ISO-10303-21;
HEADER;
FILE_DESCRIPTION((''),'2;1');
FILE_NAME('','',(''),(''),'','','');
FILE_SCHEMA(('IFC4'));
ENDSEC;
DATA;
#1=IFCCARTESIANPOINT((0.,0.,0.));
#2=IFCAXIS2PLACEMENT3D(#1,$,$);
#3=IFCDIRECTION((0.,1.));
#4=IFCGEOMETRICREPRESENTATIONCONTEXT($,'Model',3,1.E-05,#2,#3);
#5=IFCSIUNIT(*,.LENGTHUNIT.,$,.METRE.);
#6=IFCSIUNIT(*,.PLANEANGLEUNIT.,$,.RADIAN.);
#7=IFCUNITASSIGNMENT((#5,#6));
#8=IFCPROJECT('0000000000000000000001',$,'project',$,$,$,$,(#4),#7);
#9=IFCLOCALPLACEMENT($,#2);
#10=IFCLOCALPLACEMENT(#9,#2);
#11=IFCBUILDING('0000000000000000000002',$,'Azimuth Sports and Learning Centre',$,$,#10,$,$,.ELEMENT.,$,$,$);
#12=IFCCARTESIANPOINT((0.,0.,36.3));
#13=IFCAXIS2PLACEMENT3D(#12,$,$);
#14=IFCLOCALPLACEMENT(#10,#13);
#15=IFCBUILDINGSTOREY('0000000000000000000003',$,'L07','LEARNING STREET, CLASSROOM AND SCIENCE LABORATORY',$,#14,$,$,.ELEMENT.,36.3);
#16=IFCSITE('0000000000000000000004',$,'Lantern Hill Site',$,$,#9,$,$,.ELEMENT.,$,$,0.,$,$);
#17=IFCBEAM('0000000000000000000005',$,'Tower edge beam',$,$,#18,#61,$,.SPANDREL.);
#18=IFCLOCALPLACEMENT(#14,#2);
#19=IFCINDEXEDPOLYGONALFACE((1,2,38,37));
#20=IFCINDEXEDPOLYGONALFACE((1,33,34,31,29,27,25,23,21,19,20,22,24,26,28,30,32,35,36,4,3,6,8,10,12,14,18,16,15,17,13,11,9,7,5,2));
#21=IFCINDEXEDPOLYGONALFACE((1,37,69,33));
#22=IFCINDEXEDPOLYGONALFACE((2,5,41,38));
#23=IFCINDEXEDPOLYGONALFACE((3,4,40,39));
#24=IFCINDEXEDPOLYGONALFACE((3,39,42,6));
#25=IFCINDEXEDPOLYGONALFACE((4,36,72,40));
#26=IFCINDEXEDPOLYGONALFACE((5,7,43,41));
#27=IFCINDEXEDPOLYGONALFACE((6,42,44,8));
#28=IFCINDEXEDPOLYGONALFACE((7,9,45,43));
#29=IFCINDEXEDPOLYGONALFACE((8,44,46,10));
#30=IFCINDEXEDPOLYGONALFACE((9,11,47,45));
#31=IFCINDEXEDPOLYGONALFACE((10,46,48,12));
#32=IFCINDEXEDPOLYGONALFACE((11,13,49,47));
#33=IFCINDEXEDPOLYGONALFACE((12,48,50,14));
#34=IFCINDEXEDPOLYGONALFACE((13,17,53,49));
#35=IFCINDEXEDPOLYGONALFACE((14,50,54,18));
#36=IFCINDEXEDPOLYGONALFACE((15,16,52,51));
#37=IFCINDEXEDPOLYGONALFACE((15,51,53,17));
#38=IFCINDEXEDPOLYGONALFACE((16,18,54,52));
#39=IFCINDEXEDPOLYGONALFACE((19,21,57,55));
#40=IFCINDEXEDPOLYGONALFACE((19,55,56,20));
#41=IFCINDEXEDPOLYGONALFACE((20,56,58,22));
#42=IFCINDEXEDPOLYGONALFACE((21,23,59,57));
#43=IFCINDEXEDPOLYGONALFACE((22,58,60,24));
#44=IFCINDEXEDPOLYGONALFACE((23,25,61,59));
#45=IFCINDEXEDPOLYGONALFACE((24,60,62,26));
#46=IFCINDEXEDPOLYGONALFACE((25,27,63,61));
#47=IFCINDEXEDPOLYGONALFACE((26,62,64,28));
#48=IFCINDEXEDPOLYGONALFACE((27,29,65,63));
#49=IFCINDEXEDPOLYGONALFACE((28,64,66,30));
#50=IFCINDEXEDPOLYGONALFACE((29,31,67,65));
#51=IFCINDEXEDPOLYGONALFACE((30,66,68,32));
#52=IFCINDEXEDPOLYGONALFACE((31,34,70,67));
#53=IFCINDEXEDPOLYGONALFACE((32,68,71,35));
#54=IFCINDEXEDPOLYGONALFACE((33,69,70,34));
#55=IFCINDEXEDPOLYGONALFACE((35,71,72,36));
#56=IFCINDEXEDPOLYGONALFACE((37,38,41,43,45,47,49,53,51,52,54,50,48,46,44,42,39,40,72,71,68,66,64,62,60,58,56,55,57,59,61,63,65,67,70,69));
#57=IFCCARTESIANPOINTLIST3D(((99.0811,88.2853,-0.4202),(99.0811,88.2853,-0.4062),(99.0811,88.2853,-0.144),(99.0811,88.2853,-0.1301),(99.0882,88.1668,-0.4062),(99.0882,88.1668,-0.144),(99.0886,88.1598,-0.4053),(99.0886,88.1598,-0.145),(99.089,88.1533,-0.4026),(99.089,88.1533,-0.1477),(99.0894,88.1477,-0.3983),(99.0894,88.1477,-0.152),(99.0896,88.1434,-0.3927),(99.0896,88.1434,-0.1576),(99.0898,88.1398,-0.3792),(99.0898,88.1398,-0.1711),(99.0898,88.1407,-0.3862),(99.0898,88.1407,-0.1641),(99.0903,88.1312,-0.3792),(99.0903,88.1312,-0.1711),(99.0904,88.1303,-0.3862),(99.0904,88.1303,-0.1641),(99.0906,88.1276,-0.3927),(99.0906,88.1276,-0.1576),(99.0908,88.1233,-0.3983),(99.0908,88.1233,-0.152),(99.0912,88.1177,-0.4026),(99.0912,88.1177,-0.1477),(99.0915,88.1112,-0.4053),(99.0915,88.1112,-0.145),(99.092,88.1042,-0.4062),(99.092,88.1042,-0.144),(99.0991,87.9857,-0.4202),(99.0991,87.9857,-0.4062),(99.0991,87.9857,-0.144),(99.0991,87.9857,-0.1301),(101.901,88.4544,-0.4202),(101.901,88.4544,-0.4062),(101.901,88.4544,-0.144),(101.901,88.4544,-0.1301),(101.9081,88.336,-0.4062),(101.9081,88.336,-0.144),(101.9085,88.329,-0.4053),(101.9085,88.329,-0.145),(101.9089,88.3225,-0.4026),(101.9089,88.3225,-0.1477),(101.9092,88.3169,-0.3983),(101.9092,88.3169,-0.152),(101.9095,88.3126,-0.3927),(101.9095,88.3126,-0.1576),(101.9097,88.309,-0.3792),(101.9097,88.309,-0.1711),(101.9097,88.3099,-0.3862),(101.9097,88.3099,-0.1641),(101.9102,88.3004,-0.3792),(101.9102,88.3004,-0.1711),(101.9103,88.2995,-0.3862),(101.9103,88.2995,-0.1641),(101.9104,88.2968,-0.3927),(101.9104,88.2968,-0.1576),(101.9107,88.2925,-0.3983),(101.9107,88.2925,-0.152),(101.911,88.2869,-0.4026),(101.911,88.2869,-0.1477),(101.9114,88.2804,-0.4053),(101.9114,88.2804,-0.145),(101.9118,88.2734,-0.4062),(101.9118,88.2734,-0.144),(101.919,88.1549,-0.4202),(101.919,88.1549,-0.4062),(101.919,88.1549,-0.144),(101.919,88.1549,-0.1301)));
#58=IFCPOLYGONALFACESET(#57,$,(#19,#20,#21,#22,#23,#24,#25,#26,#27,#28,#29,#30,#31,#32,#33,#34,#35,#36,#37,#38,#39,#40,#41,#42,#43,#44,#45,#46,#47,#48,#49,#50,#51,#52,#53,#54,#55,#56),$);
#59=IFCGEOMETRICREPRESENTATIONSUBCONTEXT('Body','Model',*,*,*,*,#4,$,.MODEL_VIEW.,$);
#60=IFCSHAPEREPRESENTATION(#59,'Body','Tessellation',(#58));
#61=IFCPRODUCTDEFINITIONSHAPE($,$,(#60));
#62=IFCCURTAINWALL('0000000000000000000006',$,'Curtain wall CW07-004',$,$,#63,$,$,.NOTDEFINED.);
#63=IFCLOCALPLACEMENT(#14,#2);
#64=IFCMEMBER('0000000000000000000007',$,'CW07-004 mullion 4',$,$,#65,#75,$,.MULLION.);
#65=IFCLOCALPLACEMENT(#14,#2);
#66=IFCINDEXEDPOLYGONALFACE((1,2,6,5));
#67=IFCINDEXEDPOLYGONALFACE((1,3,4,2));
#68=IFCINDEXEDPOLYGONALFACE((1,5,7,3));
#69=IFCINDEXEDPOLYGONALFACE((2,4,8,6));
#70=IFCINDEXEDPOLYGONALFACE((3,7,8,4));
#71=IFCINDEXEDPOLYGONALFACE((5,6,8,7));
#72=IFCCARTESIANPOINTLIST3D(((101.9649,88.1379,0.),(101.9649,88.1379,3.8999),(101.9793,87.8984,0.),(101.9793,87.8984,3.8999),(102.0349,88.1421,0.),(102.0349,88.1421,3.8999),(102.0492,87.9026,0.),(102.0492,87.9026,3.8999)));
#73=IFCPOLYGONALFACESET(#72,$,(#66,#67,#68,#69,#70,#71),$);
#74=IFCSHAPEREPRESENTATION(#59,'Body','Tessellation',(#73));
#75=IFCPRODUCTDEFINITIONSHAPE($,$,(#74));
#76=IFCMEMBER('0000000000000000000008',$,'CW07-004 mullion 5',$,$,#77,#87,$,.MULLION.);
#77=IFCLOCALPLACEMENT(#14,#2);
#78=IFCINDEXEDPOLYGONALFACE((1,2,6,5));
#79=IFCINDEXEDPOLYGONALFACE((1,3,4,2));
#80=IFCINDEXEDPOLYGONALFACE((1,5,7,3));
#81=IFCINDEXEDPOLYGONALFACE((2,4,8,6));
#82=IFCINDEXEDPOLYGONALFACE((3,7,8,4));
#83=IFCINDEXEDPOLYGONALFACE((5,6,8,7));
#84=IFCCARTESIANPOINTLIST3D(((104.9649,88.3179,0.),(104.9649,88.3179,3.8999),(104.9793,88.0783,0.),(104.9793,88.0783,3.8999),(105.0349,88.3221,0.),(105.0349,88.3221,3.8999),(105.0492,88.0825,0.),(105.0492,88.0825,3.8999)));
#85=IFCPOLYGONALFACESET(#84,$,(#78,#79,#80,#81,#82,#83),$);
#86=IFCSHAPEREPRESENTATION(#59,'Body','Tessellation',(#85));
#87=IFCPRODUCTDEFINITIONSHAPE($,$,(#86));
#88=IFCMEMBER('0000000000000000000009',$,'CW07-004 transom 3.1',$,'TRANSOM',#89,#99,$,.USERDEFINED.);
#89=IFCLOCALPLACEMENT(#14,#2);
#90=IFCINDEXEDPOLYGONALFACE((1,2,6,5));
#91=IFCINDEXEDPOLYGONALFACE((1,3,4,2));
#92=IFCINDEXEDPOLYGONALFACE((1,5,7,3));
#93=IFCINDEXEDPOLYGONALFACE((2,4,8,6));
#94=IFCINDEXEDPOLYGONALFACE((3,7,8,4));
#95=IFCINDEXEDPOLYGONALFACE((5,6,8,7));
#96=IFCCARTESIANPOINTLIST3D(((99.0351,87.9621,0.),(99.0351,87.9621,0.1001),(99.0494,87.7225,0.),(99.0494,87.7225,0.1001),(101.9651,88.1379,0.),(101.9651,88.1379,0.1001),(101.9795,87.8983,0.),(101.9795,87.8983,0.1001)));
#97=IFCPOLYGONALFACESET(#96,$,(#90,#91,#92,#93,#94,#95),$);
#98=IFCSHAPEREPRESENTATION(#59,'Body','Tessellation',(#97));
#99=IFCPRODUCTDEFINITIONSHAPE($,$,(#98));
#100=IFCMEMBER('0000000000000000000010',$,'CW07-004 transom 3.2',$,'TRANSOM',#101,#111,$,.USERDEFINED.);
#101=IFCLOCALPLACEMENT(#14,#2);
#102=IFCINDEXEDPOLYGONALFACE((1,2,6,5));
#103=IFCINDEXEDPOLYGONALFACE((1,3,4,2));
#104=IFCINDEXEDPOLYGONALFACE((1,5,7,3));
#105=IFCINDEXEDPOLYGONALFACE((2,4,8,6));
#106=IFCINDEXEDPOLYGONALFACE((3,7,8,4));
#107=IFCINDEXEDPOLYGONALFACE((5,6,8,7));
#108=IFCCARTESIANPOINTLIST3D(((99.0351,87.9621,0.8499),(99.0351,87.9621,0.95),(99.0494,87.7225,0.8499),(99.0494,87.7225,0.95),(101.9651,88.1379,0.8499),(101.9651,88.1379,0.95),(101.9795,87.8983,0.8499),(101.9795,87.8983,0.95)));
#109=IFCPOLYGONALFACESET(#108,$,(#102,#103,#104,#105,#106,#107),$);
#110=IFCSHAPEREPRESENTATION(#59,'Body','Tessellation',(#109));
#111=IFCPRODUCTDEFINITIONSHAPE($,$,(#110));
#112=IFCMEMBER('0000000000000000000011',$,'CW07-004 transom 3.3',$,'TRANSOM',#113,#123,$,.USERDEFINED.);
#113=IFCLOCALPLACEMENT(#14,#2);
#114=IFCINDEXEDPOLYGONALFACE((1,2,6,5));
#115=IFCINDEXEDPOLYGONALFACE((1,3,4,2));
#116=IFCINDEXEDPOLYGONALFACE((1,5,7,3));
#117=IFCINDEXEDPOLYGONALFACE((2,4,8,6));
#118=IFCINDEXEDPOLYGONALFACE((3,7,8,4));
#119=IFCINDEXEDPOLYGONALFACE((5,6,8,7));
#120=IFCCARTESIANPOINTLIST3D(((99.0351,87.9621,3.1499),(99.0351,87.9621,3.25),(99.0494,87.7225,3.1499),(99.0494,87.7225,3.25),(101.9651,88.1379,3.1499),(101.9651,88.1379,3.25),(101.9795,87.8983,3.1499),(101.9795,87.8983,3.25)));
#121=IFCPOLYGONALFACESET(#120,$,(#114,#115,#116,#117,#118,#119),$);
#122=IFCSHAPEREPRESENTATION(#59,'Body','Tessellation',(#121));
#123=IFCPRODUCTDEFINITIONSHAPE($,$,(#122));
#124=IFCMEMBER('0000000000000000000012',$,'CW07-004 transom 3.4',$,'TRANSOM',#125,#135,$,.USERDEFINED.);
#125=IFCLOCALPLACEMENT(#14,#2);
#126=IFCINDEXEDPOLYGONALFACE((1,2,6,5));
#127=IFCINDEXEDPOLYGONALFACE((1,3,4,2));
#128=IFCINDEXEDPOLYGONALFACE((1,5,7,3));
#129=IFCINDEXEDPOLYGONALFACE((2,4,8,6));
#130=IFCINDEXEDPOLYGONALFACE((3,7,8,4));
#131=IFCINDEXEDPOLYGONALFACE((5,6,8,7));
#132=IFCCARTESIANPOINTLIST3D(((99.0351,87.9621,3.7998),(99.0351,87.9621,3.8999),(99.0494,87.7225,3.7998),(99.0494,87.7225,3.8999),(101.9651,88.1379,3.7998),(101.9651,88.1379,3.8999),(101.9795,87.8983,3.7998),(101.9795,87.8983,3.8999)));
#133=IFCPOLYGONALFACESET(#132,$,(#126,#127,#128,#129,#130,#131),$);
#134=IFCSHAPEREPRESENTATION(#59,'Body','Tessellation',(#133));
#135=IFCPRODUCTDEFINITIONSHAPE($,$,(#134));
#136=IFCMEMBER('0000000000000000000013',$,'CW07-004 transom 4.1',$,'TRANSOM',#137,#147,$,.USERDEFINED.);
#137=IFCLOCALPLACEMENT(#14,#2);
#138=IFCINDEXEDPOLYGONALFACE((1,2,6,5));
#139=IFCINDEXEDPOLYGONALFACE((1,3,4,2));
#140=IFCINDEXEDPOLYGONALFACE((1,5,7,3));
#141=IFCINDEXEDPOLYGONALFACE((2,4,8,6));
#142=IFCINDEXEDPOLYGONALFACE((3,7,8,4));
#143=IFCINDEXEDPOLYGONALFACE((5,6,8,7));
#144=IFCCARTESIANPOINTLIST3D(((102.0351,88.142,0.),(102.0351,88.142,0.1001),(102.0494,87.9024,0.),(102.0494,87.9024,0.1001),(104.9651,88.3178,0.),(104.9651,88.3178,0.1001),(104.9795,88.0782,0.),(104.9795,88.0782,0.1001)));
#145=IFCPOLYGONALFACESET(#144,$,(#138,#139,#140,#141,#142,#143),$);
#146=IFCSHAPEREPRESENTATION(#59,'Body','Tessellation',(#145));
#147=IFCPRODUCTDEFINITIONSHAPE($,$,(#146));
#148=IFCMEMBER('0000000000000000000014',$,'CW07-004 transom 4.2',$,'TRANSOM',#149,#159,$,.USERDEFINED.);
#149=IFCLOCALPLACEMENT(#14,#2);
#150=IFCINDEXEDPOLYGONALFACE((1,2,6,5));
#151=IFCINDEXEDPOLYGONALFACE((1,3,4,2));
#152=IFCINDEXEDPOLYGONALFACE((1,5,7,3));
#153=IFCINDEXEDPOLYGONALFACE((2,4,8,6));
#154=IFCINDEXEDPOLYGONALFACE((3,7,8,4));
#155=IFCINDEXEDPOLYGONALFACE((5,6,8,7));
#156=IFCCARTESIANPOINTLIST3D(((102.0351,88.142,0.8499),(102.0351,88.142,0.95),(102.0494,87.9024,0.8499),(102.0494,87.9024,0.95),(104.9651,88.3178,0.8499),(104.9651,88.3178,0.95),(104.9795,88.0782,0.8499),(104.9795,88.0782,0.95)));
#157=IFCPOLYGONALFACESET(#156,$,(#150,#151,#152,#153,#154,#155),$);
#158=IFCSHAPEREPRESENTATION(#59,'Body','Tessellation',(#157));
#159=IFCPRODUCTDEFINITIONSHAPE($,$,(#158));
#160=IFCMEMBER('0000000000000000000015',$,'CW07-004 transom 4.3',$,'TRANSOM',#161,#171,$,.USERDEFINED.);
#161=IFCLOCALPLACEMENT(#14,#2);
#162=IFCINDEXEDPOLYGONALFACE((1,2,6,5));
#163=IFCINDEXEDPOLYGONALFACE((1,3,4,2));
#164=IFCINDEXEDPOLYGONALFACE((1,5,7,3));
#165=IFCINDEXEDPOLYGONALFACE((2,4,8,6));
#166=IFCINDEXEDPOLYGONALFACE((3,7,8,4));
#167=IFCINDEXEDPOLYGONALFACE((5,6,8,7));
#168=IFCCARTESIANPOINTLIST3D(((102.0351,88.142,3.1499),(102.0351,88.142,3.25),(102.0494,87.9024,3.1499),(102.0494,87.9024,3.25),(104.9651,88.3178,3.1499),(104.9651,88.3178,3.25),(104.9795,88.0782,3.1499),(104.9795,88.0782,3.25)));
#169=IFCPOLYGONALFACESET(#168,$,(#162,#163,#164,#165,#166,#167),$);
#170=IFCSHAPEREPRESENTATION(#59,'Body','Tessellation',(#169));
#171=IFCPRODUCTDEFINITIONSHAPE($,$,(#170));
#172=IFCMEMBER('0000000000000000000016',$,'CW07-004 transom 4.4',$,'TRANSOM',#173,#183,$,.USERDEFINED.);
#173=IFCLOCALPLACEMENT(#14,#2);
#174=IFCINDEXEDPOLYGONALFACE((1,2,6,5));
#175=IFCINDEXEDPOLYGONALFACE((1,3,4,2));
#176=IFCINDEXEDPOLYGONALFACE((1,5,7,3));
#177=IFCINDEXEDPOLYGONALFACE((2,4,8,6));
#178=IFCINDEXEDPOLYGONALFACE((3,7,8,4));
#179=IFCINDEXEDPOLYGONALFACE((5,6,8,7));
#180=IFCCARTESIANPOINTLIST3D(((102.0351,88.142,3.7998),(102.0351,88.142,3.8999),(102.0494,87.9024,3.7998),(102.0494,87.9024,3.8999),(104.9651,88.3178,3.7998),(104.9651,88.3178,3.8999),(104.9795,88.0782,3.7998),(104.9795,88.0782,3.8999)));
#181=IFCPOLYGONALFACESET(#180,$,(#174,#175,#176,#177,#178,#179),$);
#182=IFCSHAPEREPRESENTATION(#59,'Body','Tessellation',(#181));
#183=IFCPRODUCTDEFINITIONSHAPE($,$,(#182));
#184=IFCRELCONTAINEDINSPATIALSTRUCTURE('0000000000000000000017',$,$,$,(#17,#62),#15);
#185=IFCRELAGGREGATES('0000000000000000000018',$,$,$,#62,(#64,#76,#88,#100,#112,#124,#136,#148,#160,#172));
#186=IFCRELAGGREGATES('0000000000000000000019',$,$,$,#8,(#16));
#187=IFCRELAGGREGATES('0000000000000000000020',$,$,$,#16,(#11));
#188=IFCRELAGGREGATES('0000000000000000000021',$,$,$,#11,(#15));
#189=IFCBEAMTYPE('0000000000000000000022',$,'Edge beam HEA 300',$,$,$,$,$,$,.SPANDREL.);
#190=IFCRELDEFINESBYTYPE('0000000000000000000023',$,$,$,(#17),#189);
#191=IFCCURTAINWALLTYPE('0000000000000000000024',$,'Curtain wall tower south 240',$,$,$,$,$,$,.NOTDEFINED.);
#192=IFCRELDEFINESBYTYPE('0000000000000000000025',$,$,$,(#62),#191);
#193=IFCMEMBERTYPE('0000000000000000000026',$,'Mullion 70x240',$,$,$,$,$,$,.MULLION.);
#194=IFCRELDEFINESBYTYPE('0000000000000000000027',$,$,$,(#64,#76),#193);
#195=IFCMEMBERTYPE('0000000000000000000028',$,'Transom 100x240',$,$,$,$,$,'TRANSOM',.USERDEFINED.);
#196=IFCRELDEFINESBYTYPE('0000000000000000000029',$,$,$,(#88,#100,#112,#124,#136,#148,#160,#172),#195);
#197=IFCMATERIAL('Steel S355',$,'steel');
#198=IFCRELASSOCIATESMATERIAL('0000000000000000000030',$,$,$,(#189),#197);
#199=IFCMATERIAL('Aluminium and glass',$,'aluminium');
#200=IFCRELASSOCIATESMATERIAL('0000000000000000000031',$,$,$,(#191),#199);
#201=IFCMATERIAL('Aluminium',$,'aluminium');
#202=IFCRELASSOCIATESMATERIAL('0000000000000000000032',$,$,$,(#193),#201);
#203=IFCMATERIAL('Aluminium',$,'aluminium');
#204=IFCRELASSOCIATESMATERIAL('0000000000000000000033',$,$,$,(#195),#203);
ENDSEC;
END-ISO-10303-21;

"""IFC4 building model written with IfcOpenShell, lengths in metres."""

from ifc_helpers import new_model, si_unit, direction, frame, origin, origin_2d, place, context, subcontext, project, spatial, rectangle, i_section, extrude, material, material_profile, profile_set, type_object, element, aggregate, save


model = new_model("IFC4")

# Units and contexts
model_context = context("Model", 3, precision=1e-05, world=origin(), true_north=direction((0.0, 1.0)))
body_context = subcontext(model_context, "Body", "Model", "MODEL_VIEW")
ifc_project = project(units=[si_unit("LENGTHUNIT", "METRE"), si_unit("PLANEANGLEUNIT", "RADIAN")], contexts=[model_context])

# Site, building, storey
site_placement = place(None, origin())
site = spatial("IfcSite", under=ifc_project, at=site_placement, Name="Lantern Hill Site", CompositionType="ELEMENT", RefElevation=0.0)
building_placement = place(site_placement, origin())
building = spatial("IfcBuilding", under=site, at=building_placement, Name="Azimuth Sports and Learning Centre", CompositionType="ELEMENT")
storey_placement = place(building_placement, frame((0.0, 0.0, 36.3)))
storey = spatial("IfcBuildingStorey", under=building, at=storey_placement, Name="L07", Description="LEARNING STREET, CLASSROOM AND SCIENCE LABORATORY", CompositionType="ELEMENT", Elevation=36.3)

# Beam
ifc_material_1 = material(Name="Steel S355", Category="steel")
ifc_material_profile_1 = material_profile(ifc_material_1, i_section(OverallWidth=0.3, OverallDepth=0.29, WebThickness=0.0085, FlangeThickness=0.0139, FilletRadius=0.0271, at=origin_2d()), Name="HEA 300")
ifc_profile_set_1 = profile_set([ifc_material_profile_1], Name="Steel S355")
beam_type = type_object("IfcBeamType", Name="Edge beam HEA 300", PredefinedType="SPANDREL", material=ifc_profile_set_1)
beam_placement = place(storey_placement, frame((99.0901, 88.1355, -0.2751), z_axis=(0.998205, 0.059892, 0.0), x_axis=(-0.059892, 0.998205, 0.0)))
element("IfcBeam", 1, at=beam_placement, inside=storey, type_object=beam_type, Name="Tower edge beam", PredefinedType="SPANDREL", context=body_context, shape_type="SweptSolid", body=[
    extrude(i_section(OverallWidth=0.3, OverallDepth=0.29, WebThickness=0.0085, FlangeThickness=0.0139, FilletRadius=0.0271, at=origin_2d()), origin(), (0.0, 0.0, 1.0), 2.825),
])

# Curtain wall, members
ifc_material_2 = material(Name="Aluminium and glass", Category="aluminium")
curtain_wall_type = type_object("IfcCurtainWallType", Name="Curtain wall tower south 240", PredefinedType="NOTDEFINED", material=ifc_material_2)
curtain_wall_placement = place(storey_placement, origin())
curtain_wall = element("IfcCurtainWall", 2, at=curtain_wall_placement, inside=storey, type_object=curtain_wall_type, Name="Curtain wall CW07-004", PredefinedType="NOTDEFINED")
ifc_material_3 = material(Name="Aluminium", Category="aluminium")
ifc_material_profile_2 = material_profile(ifc_material_3, rectangle(XDim=0.24, YDim=0.0701, at=origin_2d()), Name="Mullion 70x240")
ifc_profile_set_2 = profile_set([ifc_material_profile_2], Name="Aluminium")
member_type_1 = type_object("IfcMemberType", Name="Mullion 70x240", PredefinedType="MULLION", material=ifc_profile_set_2)
member_1_placement = place(storey_placement, frame((102.0071, 88.0203, 0.0), z_axis=(0.0, 0.0, 1.0), x_axis=(-0.059892, 0.998205, 0.0)))
member_1 = element("IfcMember", 3, at=member_1_placement, type_object=member_type_1, Name="CW07-004 mullion 4", PredefinedType="MULLION", context=body_context, shape_type="SweptSolid", body=[
    extrude(rectangle(XDim=0.24, YDim=0.0701, at=origin_2d()), origin(), (0.0, 0.0, 1.0), 3.8999),
])
member_2_placement = place(storey_placement, frame((105.0071, 88.2002, 0.0), z_axis=(0.0, 0.0, 1.0), x_axis=(-0.059892, 0.998205, 0.0)))
member_2 = element("IfcMember", 4, at=member_2_placement, type_object=member_type_1, Name="CW07-004 mullion 5", PredefinedType="MULLION", context=body_context, shape_type="SweptSolid", body=[
    extrude(rectangle(XDim=0.24, YDim=0.0701, at=origin_2d()), origin(), (0.0, 0.0, 1.0), 3.8999),
])
ifc_material_4 = material(Name="Aluminium", Category="aluminium")
ifc_material_profile_3 = material_profile(ifc_material_4, rectangle(XDim=0.24, YDim=0.1001, at=origin_2d()), Name="Transom 100x240")
ifc_profile_set_3 = profile_set([ifc_material_profile_3], Name="Aluminium")
member_type_2 = type_object("IfcMemberType", Name="Transom 100x240", ElementType="TRANSOM", PredefinedType="USERDEFINED", material=ifc_profile_set_3)
member_3_placement = place(storey_placement, frame((99.0422, 87.8423, 0.05), z_axis=(0.998205, 0.059887, 0.0), x_axis=(-0.059887, 0.998205, 0.0)))
member_3 = element("IfcMember", 5, at=member_3_placement, type_object=member_type_2, Name="CW07-004 transom 3.1", ObjectType="TRANSOM", PredefinedType="USERDEFINED", context=body_context, shape_type="SweptSolid", body=[
    extrude(rectangle(XDim=0.24, YDim=0.1001, at=origin_2d()), origin(), (0.0, 0.0, 1.0), 2.9353),
])
member_4_placement = place(storey_placement, frame((99.0422, 87.8423, 0.8999), z_axis=(0.998205, 0.059887, 0.0), x_axis=(-0.059887, 0.998205, 0.0)))
member_4 = element("IfcMember", 6, at=member_4_placement, type_object=member_type_2, Name="CW07-004 transom 3.2", ObjectType="TRANSOM", PredefinedType="USERDEFINED", context=body_context, shape_type="SweptSolid", body=[
    extrude(rectangle(XDim=0.24, YDim=0.1001, at=origin_2d()), origin(), (0.0, 0.0, 1.0), 2.9353),
])
member_5_placement = place(storey_placement, frame((99.0422, 87.8423, 3.2), z_axis=(0.998205, 0.059887, 0.0), x_axis=(-0.059887, 0.998205, 0.0)))
member_5 = element("IfcMember", 7, at=member_5_placement, type_object=member_type_2, Name="CW07-004 transom 3.3", ObjectType="TRANSOM", PredefinedType="USERDEFINED", context=body_context, shape_type="SweptSolid", body=[
    extrude(rectangle(XDim=0.24, YDim=0.1001, at=origin_2d()), origin(), (0.0, 0.0, 1.0), 2.9353),
])
member_6_placement = place(storey_placement, frame((99.0422, 87.8423, 3.8499), z_axis=(0.998205, 0.059887, 0.0), x_axis=(-0.059887, 0.998205, 0.0)))
member_6 = element("IfcMember", 8, at=member_6_placement, type_object=member_type_2, Name="CW07-004 transom 3.4", ObjectType="TRANSOM", PredefinedType="USERDEFINED", context=body_context, shape_type="SweptSolid", body=[
    extrude(rectangle(XDim=0.24, YDim=0.1001, at=origin_2d()), origin(), (0.0, 0.0, 1.0), 2.9353),
])
member_7_placement = place(storey_placement, frame((102.0422, 88.0222, 0.05), z_axis=(0.998205, 0.059887, 0.0), x_axis=(-0.059887, 0.998205, 0.0)))
member_7 = element("IfcMember", 9, at=member_7_placement, type_object=member_type_2, Name="CW07-004 transom 4.1", ObjectType="TRANSOM", PredefinedType="USERDEFINED", context=body_context, shape_type="SweptSolid", body=[
    extrude(rectangle(XDim=0.24, YDim=0.1001, at=origin_2d()), origin(), (0.0, 0.0, 1.0), 2.9353),
])
member_8_placement = place(storey_placement, frame((102.0422, 88.0222, 0.8999), z_axis=(0.998205, 0.059887, 0.0), x_axis=(-0.059887, 0.998205, 0.0)))
member_8 = element("IfcMember", 10, at=member_8_placement, type_object=member_type_2, Name="CW07-004 transom 4.2", ObjectType="TRANSOM", PredefinedType="USERDEFINED", context=body_context, shape_type="SweptSolid", body=[
    extrude(rectangle(XDim=0.24, YDim=0.1001, at=origin_2d()), origin(), (0.0, 0.0, 1.0), 2.9353),
])
member_9_placement = place(storey_placement, frame((102.0422, 88.0222, 3.2), z_axis=(0.998205, 0.059887, 0.0), x_axis=(-0.059887, 0.998205, 0.0)))
member_9 = element("IfcMember", 11, at=member_9_placement, type_object=member_type_2, Name="CW07-004 transom 4.3", ObjectType="TRANSOM", PredefinedType="USERDEFINED", context=body_context, shape_type="SweptSolid", body=[
    extrude(rectangle(XDim=0.24, YDim=0.1001, at=origin_2d()), origin(), (0.0, 0.0, 1.0), 2.9353),
])
member_10_placement = place(storey_placement, frame((102.0422, 88.0222, 3.8499), z_axis=(0.998205, 0.059887, 0.0), x_axis=(-0.059887, 0.998205, 0.0)))
member_10 = element("IfcMember", 12, at=member_10_placement, type_object=member_type_2, Name="CW07-004 transom 4.4", ObjectType="TRANSOM", PredefinedType="USERDEFINED", context=body_context, shape_type="SweptSolid", body=[
    extrude(rectangle(XDim=0.24, YDim=0.1001, at=origin_2d()), origin(), (0.0, 0.0, 1.0), 2.9353),
])
aggregate(curtain_wall, [member_1, member_2, member_3, member_4, member_5, member_6, member_7, member_8, member_9, member_10])

save(model, "model.ifc")
